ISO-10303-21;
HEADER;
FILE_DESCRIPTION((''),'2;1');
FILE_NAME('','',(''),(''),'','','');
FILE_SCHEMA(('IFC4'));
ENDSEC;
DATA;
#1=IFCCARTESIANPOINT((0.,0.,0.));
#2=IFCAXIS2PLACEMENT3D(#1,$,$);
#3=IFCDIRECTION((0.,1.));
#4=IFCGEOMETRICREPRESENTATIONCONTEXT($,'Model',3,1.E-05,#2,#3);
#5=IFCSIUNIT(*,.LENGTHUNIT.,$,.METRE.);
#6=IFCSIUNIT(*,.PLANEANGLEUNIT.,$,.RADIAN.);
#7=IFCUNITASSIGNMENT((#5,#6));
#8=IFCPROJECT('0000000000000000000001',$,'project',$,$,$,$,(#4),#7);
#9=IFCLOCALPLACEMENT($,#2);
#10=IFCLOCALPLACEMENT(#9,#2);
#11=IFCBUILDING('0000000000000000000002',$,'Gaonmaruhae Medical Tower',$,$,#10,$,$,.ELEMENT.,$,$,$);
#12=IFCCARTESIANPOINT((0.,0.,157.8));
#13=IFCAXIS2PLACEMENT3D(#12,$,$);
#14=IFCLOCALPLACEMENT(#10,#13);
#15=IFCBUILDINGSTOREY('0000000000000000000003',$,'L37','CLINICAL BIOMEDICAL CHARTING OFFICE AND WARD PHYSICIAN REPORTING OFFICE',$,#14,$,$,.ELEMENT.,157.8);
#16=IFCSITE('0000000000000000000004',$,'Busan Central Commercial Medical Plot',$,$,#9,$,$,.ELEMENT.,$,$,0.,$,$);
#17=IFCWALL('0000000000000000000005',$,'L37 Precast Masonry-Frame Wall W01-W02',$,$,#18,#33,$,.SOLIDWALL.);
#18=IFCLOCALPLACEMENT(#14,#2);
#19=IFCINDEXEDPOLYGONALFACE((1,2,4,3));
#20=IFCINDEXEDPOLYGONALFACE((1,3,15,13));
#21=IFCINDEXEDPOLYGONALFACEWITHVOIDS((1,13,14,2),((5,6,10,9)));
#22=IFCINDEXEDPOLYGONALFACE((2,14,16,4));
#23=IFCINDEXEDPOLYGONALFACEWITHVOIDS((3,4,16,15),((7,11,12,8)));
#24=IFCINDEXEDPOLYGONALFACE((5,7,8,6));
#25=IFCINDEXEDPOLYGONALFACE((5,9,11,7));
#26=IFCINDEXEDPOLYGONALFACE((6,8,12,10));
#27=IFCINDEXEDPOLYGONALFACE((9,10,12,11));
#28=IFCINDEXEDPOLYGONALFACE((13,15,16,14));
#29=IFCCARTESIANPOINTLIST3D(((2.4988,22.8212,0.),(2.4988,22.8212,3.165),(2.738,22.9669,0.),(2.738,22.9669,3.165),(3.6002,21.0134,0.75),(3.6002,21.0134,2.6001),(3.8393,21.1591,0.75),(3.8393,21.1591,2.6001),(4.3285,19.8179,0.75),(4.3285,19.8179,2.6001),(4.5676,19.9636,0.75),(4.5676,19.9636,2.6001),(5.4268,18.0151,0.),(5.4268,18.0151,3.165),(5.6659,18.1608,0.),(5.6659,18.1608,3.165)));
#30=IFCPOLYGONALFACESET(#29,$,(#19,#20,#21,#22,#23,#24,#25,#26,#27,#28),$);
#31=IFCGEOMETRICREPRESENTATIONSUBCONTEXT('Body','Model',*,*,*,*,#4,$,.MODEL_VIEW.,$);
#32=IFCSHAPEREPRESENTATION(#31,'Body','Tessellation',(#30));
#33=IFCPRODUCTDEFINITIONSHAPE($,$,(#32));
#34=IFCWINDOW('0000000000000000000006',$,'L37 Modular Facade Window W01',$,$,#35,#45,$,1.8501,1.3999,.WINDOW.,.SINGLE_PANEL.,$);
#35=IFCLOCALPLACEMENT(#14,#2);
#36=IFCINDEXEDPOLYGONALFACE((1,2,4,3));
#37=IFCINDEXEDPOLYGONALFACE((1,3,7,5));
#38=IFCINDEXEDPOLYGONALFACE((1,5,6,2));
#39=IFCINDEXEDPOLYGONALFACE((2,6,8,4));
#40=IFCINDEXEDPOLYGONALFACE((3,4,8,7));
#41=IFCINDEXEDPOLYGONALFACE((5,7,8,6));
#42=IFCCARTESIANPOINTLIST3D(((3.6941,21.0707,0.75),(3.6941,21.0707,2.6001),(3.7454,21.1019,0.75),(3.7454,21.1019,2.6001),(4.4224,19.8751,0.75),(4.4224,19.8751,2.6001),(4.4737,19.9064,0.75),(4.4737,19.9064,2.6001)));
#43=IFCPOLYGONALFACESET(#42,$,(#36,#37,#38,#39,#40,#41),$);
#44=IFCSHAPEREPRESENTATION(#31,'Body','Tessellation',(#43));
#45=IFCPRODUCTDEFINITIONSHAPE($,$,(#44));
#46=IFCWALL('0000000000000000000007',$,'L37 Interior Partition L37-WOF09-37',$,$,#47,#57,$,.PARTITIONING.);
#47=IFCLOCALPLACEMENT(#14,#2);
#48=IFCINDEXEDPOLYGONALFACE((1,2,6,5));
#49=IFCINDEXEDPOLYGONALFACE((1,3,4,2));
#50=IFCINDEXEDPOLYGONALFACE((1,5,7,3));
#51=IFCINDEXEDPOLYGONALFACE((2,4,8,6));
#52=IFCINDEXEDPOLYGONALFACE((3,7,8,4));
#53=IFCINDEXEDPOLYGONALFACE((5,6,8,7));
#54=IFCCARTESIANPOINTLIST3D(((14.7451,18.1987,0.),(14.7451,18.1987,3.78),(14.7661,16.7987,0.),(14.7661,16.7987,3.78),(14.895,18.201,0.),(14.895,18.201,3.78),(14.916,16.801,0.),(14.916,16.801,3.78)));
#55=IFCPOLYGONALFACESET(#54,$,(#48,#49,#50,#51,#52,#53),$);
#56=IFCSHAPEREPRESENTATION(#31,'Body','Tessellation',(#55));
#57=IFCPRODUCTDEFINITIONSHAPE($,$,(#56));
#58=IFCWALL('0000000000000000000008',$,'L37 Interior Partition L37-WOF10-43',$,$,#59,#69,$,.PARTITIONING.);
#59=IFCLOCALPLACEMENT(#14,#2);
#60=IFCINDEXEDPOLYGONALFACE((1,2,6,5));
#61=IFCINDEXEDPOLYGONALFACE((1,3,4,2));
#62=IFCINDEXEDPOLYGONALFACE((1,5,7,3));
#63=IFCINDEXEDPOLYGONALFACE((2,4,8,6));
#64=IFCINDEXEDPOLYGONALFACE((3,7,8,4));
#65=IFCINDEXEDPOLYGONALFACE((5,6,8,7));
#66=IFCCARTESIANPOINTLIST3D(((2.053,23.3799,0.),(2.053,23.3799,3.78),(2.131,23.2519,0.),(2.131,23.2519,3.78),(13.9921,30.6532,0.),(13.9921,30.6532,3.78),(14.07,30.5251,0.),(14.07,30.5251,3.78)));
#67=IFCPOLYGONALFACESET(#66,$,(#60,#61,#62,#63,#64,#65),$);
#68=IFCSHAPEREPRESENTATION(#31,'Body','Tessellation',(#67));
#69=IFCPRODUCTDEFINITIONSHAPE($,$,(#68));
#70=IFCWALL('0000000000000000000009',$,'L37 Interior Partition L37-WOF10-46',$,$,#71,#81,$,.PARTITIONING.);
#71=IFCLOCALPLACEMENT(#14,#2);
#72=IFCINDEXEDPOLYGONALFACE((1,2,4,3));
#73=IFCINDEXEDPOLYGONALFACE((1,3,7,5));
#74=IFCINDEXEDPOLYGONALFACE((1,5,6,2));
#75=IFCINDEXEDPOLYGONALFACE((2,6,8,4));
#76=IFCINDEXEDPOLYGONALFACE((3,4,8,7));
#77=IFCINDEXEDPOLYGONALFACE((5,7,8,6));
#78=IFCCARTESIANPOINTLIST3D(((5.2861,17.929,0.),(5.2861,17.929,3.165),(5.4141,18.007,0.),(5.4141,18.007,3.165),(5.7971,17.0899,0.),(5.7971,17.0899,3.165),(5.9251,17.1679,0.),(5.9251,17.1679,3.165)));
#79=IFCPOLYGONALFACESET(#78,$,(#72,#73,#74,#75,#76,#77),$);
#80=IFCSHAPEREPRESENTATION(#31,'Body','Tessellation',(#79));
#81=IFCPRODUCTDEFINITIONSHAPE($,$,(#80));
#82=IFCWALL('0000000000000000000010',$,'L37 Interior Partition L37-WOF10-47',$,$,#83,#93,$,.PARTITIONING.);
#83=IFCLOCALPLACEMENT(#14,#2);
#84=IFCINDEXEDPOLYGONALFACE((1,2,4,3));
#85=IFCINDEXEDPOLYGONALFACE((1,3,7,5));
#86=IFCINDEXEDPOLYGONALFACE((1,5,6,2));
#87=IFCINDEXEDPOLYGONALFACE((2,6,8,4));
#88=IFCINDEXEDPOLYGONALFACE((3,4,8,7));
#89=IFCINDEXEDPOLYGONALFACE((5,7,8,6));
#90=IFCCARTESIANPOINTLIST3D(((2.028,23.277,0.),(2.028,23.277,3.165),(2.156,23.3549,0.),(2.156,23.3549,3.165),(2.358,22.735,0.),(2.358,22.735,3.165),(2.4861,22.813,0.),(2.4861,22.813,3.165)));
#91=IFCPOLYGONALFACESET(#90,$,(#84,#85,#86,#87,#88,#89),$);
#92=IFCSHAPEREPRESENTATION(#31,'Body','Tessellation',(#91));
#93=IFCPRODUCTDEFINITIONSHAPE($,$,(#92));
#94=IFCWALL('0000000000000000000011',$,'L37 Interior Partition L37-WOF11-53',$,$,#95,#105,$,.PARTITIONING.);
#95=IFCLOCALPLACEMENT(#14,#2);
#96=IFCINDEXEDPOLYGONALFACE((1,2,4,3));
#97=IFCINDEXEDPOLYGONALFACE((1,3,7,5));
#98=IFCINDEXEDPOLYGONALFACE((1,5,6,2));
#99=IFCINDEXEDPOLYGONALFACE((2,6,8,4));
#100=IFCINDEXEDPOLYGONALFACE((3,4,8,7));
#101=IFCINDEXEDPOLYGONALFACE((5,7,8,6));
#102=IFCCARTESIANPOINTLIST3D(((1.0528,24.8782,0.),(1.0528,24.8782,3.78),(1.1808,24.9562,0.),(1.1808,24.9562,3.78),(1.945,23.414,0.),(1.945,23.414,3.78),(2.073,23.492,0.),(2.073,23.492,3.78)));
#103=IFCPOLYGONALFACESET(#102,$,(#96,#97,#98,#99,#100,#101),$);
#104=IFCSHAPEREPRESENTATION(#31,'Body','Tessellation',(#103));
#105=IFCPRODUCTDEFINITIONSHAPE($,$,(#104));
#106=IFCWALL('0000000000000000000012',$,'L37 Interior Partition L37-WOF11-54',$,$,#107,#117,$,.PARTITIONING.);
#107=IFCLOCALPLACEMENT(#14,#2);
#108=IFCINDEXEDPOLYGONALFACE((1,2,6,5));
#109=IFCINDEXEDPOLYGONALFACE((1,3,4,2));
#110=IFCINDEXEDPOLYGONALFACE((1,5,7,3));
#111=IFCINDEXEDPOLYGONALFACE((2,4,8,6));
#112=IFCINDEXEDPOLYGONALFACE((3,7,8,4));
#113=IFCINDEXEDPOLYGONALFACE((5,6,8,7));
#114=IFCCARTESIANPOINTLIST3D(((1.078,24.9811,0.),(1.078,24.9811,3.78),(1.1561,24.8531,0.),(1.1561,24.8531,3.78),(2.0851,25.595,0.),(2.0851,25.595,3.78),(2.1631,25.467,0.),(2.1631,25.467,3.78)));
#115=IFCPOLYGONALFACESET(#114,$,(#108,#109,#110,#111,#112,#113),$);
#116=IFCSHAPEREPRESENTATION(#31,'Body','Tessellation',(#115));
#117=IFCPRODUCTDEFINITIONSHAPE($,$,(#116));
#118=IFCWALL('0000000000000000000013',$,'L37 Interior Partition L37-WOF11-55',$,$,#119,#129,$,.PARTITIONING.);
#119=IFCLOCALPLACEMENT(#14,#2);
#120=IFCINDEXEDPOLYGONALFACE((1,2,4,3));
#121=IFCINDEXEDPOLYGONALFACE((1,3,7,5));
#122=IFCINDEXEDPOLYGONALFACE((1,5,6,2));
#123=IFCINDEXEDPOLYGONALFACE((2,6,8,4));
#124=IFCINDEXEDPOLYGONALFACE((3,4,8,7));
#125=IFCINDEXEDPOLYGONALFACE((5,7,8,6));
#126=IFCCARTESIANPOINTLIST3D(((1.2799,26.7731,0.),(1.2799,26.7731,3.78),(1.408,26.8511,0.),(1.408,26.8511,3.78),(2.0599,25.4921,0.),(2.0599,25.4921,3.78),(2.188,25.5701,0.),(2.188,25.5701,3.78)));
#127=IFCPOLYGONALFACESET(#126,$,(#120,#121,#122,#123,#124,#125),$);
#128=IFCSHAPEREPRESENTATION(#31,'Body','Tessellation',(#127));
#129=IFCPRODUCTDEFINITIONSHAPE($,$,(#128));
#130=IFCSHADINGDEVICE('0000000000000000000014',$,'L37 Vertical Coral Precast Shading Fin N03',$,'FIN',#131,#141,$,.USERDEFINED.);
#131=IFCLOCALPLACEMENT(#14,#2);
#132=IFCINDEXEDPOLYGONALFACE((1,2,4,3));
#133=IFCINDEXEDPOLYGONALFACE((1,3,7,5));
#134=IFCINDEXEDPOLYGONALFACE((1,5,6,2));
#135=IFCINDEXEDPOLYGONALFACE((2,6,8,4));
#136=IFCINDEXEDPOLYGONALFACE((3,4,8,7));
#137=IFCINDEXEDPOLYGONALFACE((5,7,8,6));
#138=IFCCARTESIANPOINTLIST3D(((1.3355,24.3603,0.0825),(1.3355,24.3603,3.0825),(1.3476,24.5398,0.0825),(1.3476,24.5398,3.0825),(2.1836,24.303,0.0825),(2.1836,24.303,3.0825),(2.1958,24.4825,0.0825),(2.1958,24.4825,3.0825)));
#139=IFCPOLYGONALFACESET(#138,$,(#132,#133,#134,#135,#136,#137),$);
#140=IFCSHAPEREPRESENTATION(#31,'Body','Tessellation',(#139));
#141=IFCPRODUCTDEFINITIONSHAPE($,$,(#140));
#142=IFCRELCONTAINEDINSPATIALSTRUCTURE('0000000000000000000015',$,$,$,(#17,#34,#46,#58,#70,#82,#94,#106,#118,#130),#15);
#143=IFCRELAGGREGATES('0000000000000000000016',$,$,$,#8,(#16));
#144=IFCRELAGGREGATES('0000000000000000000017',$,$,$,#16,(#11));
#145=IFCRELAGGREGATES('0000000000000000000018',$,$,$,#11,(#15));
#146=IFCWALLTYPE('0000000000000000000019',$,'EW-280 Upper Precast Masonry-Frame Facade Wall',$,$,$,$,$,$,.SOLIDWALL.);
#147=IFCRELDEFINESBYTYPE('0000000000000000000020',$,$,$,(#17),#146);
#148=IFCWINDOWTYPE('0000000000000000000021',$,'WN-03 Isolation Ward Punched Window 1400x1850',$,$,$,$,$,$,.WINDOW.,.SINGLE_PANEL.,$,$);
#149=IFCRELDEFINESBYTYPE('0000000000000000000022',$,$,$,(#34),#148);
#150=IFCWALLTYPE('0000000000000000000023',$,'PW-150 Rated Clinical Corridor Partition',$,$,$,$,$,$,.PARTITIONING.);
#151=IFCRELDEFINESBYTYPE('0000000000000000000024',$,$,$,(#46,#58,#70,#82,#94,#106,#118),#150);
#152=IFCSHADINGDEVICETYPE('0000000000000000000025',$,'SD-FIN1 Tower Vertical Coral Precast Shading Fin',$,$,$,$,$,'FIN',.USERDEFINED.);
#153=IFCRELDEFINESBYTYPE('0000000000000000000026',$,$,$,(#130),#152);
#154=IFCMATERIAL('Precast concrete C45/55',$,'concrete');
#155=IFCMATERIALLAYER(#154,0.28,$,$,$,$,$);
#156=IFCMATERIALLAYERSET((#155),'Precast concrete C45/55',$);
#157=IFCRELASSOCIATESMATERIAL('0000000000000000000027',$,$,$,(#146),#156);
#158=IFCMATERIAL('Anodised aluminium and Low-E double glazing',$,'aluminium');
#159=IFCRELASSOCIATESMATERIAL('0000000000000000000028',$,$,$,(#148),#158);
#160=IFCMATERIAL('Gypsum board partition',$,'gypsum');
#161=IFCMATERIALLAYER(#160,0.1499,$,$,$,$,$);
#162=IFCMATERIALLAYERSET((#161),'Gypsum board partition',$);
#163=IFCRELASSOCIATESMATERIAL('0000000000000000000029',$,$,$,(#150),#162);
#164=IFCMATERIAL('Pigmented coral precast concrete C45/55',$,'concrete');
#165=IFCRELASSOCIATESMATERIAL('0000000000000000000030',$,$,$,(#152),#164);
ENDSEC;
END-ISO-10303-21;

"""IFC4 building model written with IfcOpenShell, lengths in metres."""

from ifc_helpers import new_model, si_unit, direction, frame, frame_2d, origin, origin_2d, place, context, subcontext, project, spatial, rectangle, extrude, material, layer, layer_set, type_object, element, fill, save


model = new_model("IFC4")

# Units and contexts
model_context = context("Model", 3, precision=1e-05, world=origin(), true_north=direction((0.0, 1.0)))
body_context = subcontext(model_context, "Body", "Model", "MODEL_VIEW")
ifc_project = project(units=[si_unit("LENGTHUNIT", "METRE"), si_unit("PLANEANGLEUNIT", "RADIAN")], contexts=[model_context])

# Site, building, storey
site_placement = place(None, origin())
site = spatial("IfcSite", under=ifc_project, at=site_placement, Name="Busan Central Commercial Medical Plot", CompositionType="ELEMENT", RefElevation=0.0)
building_placement = place(site_placement, origin())
building = spatial("IfcBuilding", under=site, at=building_placement, Name="Gaonmaruhae Medical Tower", CompositionType="ELEMENT")
storey_placement = place(building_placement, frame((0.0, 0.0, 157.8)))
storey = spatial("IfcBuildingStorey", under=building, at=storey_placement, Name="L37", Description="CLINICAL BIOMEDICAL CHARTING OFFICE AND WARD PHYSICIAN REPORTING OFFICE", CompositionType="ELEMENT", Elevation=157.8)

# Shared definitions
ifc_material_1 = material(Name="Precast concrete C45/55", Category="concrete")
ifc_layer_1 = layer(ifc_material_1, 0.28)
ifc_layer_set_1 = layer_set([ifc_layer_1], Name="Precast concrete C45/55")
wall_type_1 = type_object("IfcWallType", Name="EW-280 Upper Precast Masonry-Frame Facade Wall", PredefinedType="SOLIDWALL", material=ifc_layer_set_1)

# Wall, opening, window
wall_1_placement = place(storey_placement, frame((5.5464, 18.0879, 0.0), z_axis=(0.0, 0.0, 1.0), x_axis=(-0.52027, 0.854002, 0.0)))
wall_1 = element("IfcWall", 1, at=wall_1_placement, inside=storey, type_object=wall_type_1, Name="L37 Precast Masonry-Frame Wall W01-W02", PredefinedType="SOLIDWALL", context=body_context, shape_type="SweptSolid", body=[
    extrude(rectangle(XDim=5.6277, YDim=0.28, at=frame_2d((2.814, 0.0))), origin(), (0.0, 0.0, 1.0), 3.165),
])
opening_1_placement = place(wall_1_placement, frame((2.1111, 0.0, 0.75)))
opening_1 = element("IfcOpeningElement", 2, at=opening_1_placement, cuts=wall_1, PredefinedType="OPENING", context=body_context, shape_type="SweptSolid", body=[
    extrude(rectangle(XDim=1.3999, YDim=1.8501, at=frame_2d((0.7, 0.925))), frame((0.0, 0.1499, 0.0), z_axis=(0.0, -1.0, 0.0), x_axis=(1.0, 0.0, 0.0)), (0.0, 0.0, 1.0), 0.3),
])
ifc_material_2 = material(Name="Anodised aluminium and Low-E double glazing", Category="aluminium")
window_type = type_object("IfcWindowType", Name="WN-03 Isolation Ward Punched Window 1400x1850", PartitioningType="SINGLE_PANEL", PredefinedType="WINDOW", material=ifc_material_2)
window_placement = place(opening_1_placement, origin())
window = element("IfcWindow", 3, at=window_placement, inside=storey, type_object=window_type, Name="L37 Modular Facade Window W01", OverallHeight=1.8501, OverallWidth=1.3999, PartitioningType="SINGLE_PANEL", PredefinedType="WINDOW", context=body_context, shape_type="SweptSolid", body=[
    extrude(rectangle(XDim=1.3999, YDim=1.8501, at=frame_2d((0.7, 0.925))), frame((0.0, 0.03, 0.0), z_axis=(0.0, -1.0, 0.0), x_axis=(1.0, 0.0, 0.0)), (0.0, 0.0, 1.0), 0.0601),
])
fill(opening_1, window)

# Wall
ifc_material_3 = material(Name="Gypsum board partition", Category="gypsum")
ifc_layer_2 = layer(ifc_material_3, 0.1499)
ifc_layer_set_2 = layer_set([ifc_layer_2], Name="Gypsum board partition")
wall_type_2 = type_object("IfcWallType", Name="PW-150 Rated Clinical Corridor Partition", PredefinedType="PARTITIONING", material=ifc_layer_set_2)
wall_2_placement = place(storey_placement, frame((14.8201, 18.2, 0.0), z_axis=(0.0, 0.0, 1.0), x_axis=(0.014997, -0.999888, 0.0)))
element("IfcWall", 4, at=wall_2_placement, inside=storey, type_object=wall_type_2, Name="L37 Interior Partition L37-WOF09-37", PredefinedType="PARTITIONING", context=body_context, shape_type="SweptSolid", body=[
    extrude(rectangle(XDim=1.4001, YDim=0.1499, at=frame_2d((0.7002, 0.0))), origin(), (0.0, 0.0, 1.0), 3.78),
])

# Walls
wall_3_placement = place(storey_placement, frame((2.092, 23.3159, 0.0), z_axis=(0.0, 0.0, 1.0), x_axis=(0.854008, 0.52026, 0.0)))
element("IfcWall", 5, at=wall_3_placement, inside=storey, type_object=wall_type_2, Name="L37 Interior Partition L37-WOF10-43", PredefinedType="PARTITIONING", context=body_context, shape_type="SweptSolid", body=[
    extrude(rectangle(XDim=13.98, YDim=0.1499, at=frame_2d((6.99, 0.0))), origin(), (0.0, 0.0, 1.0), 3.78),
])
wall_4_placement = place(storey_placement, frame((5.8611, 17.1289, 0.0), z_axis=(0.0, 0.0, 1.0), x_axis=(-0.520112, 0.854098, 0.0)))
element("IfcWall", 6, at=wall_4_placement, inside=storey, type_object=wall_type_2, Name="L37 Interior Partition L37-WOF10-46", PredefinedType="PARTITIONING", context=body_context, shape_type="SweptSolid", body=[
    extrude(rectangle(XDim=0.9824, YDim=0.1499, at=frame_2d((0.4912, 0.0))), origin(), (0.0, 0.0, 1.0), 3.165),
])
wall_5_placement = place(storey_placement, frame((2.4221, 22.7739, 0.0), z_axis=(0.0, 0.0, 1.0), x_axis=(-0.520142, 0.85408, 0.0)))
element("IfcWall", 7, at=wall_5_placement, inside=storey, type_object=wall_type_2, Name="L37 Interior Partition L37-WOF10-47", PredefinedType="PARTITIONING", context=body_context, shape_type="SweptSolid", body=[
    extrude(rectangle(XDim=0.6345, YDim=0.1499, at=frame_2d((0.3174, 0.0))), origin(), (0.0, 0.0, 1.0), 3.165),
])
wall_6_placement = place(storey_placement, frame((2.009, 23.4529, 0.0), z_axis=(0.0, 0.0, 1.0), x_axis=(-0.520326, 0.853967, 0.0)))
element("IfcWall", 8, at=wall_6_placement, inside=storey, type_object=wall_type_2, Name="L37 Interior Partition L37-WOF11-53", PredefinedType="PARTITIONING", context=body_context, shape_type="SweptSolid", body=[
    extrude(rectangle(XDim=1.7146, YDim=0.1499, at=frame_2d((0.8574, 0.0))), origin(), (0.0, 0.0, 1.0), 3.78),
])
wall_7_placement = place(storey_placement, frame((1.1169, 24.917, 0.0), z_axis=(0.0, 0.0, 1.0), x_axis=(0.853819, 0.520571, 0.0)))
element("IfcWall", 9, at=wall_7_placement, inside=storey, type_object=wall_type_2, Name="L37 Interior Partition L37-WOF11-54", PredefinedType="PARTITIONING", context=body_context, shape_type="SweptSolid", body=[
    extrude(rectangle(XDim=1.1794, YDim=0.1499, at=frame_2d((0.5898, 0.0))), origin(), (0.0, 0.0, 1.0), 3.78),
])
wall_8_placement = place(storey_placement, frame((2.124, 25.531, 0.0), z_axis=(0.0, 0.0, 1.0), x_axis=(-0.520086, 0.854114, 0.0)))
element("IfcWall", 10, at=wall_8_placement, inside=storey, type_object=wall_type_2, Name="L37 Interior Partition L37-WOF11-55", PredefinedType="PARTITIONING", context=body_context, shape_type="SweptSolid", body=[
    extrude(rectangle(XDim=1.4998, YDim=0.1499, at=frame_2d((0.75, 0.0))), origin(), (0.0, 0.0, 1.0), 3.78),
])

# Shading device
ifc_material_4 = material(Name="Pigmented coral precast concrete C45/55", Category="concrete")
shading_device_type = type_object("IfcShadingDeviceType", Name="SD-FIN1 Tower Vertical Coral Precast Shading Fin", ElementType="FIN", PredefinedType="USERDEFINED", material=ifc_material_4)
shading_device_placement = place(storey_placement, frame((1.7656, 24.4214, 0.0825), z_axis=(0.0, 0.0, 1.0), x_axis=(0.067458, 0.997722, 0.0)))
element("IfcShadingDevice", 11, at=shading_device_placement, inside=storey, type_object=shading_device_type, Name="L37 Vertical Coral Precast Shading Fin N03", ObjectType="FIN", PredefinedType="USERDEFINED", context=body_context, shape_type="SweptSolid", body=[
    extrude(rectangle(XDim=0.1799, YDim=0.8501, at=origin_2d()), origin(), (0.0, 0.0, 1.0), 3.0),
])

save(model, "model.ifc")
